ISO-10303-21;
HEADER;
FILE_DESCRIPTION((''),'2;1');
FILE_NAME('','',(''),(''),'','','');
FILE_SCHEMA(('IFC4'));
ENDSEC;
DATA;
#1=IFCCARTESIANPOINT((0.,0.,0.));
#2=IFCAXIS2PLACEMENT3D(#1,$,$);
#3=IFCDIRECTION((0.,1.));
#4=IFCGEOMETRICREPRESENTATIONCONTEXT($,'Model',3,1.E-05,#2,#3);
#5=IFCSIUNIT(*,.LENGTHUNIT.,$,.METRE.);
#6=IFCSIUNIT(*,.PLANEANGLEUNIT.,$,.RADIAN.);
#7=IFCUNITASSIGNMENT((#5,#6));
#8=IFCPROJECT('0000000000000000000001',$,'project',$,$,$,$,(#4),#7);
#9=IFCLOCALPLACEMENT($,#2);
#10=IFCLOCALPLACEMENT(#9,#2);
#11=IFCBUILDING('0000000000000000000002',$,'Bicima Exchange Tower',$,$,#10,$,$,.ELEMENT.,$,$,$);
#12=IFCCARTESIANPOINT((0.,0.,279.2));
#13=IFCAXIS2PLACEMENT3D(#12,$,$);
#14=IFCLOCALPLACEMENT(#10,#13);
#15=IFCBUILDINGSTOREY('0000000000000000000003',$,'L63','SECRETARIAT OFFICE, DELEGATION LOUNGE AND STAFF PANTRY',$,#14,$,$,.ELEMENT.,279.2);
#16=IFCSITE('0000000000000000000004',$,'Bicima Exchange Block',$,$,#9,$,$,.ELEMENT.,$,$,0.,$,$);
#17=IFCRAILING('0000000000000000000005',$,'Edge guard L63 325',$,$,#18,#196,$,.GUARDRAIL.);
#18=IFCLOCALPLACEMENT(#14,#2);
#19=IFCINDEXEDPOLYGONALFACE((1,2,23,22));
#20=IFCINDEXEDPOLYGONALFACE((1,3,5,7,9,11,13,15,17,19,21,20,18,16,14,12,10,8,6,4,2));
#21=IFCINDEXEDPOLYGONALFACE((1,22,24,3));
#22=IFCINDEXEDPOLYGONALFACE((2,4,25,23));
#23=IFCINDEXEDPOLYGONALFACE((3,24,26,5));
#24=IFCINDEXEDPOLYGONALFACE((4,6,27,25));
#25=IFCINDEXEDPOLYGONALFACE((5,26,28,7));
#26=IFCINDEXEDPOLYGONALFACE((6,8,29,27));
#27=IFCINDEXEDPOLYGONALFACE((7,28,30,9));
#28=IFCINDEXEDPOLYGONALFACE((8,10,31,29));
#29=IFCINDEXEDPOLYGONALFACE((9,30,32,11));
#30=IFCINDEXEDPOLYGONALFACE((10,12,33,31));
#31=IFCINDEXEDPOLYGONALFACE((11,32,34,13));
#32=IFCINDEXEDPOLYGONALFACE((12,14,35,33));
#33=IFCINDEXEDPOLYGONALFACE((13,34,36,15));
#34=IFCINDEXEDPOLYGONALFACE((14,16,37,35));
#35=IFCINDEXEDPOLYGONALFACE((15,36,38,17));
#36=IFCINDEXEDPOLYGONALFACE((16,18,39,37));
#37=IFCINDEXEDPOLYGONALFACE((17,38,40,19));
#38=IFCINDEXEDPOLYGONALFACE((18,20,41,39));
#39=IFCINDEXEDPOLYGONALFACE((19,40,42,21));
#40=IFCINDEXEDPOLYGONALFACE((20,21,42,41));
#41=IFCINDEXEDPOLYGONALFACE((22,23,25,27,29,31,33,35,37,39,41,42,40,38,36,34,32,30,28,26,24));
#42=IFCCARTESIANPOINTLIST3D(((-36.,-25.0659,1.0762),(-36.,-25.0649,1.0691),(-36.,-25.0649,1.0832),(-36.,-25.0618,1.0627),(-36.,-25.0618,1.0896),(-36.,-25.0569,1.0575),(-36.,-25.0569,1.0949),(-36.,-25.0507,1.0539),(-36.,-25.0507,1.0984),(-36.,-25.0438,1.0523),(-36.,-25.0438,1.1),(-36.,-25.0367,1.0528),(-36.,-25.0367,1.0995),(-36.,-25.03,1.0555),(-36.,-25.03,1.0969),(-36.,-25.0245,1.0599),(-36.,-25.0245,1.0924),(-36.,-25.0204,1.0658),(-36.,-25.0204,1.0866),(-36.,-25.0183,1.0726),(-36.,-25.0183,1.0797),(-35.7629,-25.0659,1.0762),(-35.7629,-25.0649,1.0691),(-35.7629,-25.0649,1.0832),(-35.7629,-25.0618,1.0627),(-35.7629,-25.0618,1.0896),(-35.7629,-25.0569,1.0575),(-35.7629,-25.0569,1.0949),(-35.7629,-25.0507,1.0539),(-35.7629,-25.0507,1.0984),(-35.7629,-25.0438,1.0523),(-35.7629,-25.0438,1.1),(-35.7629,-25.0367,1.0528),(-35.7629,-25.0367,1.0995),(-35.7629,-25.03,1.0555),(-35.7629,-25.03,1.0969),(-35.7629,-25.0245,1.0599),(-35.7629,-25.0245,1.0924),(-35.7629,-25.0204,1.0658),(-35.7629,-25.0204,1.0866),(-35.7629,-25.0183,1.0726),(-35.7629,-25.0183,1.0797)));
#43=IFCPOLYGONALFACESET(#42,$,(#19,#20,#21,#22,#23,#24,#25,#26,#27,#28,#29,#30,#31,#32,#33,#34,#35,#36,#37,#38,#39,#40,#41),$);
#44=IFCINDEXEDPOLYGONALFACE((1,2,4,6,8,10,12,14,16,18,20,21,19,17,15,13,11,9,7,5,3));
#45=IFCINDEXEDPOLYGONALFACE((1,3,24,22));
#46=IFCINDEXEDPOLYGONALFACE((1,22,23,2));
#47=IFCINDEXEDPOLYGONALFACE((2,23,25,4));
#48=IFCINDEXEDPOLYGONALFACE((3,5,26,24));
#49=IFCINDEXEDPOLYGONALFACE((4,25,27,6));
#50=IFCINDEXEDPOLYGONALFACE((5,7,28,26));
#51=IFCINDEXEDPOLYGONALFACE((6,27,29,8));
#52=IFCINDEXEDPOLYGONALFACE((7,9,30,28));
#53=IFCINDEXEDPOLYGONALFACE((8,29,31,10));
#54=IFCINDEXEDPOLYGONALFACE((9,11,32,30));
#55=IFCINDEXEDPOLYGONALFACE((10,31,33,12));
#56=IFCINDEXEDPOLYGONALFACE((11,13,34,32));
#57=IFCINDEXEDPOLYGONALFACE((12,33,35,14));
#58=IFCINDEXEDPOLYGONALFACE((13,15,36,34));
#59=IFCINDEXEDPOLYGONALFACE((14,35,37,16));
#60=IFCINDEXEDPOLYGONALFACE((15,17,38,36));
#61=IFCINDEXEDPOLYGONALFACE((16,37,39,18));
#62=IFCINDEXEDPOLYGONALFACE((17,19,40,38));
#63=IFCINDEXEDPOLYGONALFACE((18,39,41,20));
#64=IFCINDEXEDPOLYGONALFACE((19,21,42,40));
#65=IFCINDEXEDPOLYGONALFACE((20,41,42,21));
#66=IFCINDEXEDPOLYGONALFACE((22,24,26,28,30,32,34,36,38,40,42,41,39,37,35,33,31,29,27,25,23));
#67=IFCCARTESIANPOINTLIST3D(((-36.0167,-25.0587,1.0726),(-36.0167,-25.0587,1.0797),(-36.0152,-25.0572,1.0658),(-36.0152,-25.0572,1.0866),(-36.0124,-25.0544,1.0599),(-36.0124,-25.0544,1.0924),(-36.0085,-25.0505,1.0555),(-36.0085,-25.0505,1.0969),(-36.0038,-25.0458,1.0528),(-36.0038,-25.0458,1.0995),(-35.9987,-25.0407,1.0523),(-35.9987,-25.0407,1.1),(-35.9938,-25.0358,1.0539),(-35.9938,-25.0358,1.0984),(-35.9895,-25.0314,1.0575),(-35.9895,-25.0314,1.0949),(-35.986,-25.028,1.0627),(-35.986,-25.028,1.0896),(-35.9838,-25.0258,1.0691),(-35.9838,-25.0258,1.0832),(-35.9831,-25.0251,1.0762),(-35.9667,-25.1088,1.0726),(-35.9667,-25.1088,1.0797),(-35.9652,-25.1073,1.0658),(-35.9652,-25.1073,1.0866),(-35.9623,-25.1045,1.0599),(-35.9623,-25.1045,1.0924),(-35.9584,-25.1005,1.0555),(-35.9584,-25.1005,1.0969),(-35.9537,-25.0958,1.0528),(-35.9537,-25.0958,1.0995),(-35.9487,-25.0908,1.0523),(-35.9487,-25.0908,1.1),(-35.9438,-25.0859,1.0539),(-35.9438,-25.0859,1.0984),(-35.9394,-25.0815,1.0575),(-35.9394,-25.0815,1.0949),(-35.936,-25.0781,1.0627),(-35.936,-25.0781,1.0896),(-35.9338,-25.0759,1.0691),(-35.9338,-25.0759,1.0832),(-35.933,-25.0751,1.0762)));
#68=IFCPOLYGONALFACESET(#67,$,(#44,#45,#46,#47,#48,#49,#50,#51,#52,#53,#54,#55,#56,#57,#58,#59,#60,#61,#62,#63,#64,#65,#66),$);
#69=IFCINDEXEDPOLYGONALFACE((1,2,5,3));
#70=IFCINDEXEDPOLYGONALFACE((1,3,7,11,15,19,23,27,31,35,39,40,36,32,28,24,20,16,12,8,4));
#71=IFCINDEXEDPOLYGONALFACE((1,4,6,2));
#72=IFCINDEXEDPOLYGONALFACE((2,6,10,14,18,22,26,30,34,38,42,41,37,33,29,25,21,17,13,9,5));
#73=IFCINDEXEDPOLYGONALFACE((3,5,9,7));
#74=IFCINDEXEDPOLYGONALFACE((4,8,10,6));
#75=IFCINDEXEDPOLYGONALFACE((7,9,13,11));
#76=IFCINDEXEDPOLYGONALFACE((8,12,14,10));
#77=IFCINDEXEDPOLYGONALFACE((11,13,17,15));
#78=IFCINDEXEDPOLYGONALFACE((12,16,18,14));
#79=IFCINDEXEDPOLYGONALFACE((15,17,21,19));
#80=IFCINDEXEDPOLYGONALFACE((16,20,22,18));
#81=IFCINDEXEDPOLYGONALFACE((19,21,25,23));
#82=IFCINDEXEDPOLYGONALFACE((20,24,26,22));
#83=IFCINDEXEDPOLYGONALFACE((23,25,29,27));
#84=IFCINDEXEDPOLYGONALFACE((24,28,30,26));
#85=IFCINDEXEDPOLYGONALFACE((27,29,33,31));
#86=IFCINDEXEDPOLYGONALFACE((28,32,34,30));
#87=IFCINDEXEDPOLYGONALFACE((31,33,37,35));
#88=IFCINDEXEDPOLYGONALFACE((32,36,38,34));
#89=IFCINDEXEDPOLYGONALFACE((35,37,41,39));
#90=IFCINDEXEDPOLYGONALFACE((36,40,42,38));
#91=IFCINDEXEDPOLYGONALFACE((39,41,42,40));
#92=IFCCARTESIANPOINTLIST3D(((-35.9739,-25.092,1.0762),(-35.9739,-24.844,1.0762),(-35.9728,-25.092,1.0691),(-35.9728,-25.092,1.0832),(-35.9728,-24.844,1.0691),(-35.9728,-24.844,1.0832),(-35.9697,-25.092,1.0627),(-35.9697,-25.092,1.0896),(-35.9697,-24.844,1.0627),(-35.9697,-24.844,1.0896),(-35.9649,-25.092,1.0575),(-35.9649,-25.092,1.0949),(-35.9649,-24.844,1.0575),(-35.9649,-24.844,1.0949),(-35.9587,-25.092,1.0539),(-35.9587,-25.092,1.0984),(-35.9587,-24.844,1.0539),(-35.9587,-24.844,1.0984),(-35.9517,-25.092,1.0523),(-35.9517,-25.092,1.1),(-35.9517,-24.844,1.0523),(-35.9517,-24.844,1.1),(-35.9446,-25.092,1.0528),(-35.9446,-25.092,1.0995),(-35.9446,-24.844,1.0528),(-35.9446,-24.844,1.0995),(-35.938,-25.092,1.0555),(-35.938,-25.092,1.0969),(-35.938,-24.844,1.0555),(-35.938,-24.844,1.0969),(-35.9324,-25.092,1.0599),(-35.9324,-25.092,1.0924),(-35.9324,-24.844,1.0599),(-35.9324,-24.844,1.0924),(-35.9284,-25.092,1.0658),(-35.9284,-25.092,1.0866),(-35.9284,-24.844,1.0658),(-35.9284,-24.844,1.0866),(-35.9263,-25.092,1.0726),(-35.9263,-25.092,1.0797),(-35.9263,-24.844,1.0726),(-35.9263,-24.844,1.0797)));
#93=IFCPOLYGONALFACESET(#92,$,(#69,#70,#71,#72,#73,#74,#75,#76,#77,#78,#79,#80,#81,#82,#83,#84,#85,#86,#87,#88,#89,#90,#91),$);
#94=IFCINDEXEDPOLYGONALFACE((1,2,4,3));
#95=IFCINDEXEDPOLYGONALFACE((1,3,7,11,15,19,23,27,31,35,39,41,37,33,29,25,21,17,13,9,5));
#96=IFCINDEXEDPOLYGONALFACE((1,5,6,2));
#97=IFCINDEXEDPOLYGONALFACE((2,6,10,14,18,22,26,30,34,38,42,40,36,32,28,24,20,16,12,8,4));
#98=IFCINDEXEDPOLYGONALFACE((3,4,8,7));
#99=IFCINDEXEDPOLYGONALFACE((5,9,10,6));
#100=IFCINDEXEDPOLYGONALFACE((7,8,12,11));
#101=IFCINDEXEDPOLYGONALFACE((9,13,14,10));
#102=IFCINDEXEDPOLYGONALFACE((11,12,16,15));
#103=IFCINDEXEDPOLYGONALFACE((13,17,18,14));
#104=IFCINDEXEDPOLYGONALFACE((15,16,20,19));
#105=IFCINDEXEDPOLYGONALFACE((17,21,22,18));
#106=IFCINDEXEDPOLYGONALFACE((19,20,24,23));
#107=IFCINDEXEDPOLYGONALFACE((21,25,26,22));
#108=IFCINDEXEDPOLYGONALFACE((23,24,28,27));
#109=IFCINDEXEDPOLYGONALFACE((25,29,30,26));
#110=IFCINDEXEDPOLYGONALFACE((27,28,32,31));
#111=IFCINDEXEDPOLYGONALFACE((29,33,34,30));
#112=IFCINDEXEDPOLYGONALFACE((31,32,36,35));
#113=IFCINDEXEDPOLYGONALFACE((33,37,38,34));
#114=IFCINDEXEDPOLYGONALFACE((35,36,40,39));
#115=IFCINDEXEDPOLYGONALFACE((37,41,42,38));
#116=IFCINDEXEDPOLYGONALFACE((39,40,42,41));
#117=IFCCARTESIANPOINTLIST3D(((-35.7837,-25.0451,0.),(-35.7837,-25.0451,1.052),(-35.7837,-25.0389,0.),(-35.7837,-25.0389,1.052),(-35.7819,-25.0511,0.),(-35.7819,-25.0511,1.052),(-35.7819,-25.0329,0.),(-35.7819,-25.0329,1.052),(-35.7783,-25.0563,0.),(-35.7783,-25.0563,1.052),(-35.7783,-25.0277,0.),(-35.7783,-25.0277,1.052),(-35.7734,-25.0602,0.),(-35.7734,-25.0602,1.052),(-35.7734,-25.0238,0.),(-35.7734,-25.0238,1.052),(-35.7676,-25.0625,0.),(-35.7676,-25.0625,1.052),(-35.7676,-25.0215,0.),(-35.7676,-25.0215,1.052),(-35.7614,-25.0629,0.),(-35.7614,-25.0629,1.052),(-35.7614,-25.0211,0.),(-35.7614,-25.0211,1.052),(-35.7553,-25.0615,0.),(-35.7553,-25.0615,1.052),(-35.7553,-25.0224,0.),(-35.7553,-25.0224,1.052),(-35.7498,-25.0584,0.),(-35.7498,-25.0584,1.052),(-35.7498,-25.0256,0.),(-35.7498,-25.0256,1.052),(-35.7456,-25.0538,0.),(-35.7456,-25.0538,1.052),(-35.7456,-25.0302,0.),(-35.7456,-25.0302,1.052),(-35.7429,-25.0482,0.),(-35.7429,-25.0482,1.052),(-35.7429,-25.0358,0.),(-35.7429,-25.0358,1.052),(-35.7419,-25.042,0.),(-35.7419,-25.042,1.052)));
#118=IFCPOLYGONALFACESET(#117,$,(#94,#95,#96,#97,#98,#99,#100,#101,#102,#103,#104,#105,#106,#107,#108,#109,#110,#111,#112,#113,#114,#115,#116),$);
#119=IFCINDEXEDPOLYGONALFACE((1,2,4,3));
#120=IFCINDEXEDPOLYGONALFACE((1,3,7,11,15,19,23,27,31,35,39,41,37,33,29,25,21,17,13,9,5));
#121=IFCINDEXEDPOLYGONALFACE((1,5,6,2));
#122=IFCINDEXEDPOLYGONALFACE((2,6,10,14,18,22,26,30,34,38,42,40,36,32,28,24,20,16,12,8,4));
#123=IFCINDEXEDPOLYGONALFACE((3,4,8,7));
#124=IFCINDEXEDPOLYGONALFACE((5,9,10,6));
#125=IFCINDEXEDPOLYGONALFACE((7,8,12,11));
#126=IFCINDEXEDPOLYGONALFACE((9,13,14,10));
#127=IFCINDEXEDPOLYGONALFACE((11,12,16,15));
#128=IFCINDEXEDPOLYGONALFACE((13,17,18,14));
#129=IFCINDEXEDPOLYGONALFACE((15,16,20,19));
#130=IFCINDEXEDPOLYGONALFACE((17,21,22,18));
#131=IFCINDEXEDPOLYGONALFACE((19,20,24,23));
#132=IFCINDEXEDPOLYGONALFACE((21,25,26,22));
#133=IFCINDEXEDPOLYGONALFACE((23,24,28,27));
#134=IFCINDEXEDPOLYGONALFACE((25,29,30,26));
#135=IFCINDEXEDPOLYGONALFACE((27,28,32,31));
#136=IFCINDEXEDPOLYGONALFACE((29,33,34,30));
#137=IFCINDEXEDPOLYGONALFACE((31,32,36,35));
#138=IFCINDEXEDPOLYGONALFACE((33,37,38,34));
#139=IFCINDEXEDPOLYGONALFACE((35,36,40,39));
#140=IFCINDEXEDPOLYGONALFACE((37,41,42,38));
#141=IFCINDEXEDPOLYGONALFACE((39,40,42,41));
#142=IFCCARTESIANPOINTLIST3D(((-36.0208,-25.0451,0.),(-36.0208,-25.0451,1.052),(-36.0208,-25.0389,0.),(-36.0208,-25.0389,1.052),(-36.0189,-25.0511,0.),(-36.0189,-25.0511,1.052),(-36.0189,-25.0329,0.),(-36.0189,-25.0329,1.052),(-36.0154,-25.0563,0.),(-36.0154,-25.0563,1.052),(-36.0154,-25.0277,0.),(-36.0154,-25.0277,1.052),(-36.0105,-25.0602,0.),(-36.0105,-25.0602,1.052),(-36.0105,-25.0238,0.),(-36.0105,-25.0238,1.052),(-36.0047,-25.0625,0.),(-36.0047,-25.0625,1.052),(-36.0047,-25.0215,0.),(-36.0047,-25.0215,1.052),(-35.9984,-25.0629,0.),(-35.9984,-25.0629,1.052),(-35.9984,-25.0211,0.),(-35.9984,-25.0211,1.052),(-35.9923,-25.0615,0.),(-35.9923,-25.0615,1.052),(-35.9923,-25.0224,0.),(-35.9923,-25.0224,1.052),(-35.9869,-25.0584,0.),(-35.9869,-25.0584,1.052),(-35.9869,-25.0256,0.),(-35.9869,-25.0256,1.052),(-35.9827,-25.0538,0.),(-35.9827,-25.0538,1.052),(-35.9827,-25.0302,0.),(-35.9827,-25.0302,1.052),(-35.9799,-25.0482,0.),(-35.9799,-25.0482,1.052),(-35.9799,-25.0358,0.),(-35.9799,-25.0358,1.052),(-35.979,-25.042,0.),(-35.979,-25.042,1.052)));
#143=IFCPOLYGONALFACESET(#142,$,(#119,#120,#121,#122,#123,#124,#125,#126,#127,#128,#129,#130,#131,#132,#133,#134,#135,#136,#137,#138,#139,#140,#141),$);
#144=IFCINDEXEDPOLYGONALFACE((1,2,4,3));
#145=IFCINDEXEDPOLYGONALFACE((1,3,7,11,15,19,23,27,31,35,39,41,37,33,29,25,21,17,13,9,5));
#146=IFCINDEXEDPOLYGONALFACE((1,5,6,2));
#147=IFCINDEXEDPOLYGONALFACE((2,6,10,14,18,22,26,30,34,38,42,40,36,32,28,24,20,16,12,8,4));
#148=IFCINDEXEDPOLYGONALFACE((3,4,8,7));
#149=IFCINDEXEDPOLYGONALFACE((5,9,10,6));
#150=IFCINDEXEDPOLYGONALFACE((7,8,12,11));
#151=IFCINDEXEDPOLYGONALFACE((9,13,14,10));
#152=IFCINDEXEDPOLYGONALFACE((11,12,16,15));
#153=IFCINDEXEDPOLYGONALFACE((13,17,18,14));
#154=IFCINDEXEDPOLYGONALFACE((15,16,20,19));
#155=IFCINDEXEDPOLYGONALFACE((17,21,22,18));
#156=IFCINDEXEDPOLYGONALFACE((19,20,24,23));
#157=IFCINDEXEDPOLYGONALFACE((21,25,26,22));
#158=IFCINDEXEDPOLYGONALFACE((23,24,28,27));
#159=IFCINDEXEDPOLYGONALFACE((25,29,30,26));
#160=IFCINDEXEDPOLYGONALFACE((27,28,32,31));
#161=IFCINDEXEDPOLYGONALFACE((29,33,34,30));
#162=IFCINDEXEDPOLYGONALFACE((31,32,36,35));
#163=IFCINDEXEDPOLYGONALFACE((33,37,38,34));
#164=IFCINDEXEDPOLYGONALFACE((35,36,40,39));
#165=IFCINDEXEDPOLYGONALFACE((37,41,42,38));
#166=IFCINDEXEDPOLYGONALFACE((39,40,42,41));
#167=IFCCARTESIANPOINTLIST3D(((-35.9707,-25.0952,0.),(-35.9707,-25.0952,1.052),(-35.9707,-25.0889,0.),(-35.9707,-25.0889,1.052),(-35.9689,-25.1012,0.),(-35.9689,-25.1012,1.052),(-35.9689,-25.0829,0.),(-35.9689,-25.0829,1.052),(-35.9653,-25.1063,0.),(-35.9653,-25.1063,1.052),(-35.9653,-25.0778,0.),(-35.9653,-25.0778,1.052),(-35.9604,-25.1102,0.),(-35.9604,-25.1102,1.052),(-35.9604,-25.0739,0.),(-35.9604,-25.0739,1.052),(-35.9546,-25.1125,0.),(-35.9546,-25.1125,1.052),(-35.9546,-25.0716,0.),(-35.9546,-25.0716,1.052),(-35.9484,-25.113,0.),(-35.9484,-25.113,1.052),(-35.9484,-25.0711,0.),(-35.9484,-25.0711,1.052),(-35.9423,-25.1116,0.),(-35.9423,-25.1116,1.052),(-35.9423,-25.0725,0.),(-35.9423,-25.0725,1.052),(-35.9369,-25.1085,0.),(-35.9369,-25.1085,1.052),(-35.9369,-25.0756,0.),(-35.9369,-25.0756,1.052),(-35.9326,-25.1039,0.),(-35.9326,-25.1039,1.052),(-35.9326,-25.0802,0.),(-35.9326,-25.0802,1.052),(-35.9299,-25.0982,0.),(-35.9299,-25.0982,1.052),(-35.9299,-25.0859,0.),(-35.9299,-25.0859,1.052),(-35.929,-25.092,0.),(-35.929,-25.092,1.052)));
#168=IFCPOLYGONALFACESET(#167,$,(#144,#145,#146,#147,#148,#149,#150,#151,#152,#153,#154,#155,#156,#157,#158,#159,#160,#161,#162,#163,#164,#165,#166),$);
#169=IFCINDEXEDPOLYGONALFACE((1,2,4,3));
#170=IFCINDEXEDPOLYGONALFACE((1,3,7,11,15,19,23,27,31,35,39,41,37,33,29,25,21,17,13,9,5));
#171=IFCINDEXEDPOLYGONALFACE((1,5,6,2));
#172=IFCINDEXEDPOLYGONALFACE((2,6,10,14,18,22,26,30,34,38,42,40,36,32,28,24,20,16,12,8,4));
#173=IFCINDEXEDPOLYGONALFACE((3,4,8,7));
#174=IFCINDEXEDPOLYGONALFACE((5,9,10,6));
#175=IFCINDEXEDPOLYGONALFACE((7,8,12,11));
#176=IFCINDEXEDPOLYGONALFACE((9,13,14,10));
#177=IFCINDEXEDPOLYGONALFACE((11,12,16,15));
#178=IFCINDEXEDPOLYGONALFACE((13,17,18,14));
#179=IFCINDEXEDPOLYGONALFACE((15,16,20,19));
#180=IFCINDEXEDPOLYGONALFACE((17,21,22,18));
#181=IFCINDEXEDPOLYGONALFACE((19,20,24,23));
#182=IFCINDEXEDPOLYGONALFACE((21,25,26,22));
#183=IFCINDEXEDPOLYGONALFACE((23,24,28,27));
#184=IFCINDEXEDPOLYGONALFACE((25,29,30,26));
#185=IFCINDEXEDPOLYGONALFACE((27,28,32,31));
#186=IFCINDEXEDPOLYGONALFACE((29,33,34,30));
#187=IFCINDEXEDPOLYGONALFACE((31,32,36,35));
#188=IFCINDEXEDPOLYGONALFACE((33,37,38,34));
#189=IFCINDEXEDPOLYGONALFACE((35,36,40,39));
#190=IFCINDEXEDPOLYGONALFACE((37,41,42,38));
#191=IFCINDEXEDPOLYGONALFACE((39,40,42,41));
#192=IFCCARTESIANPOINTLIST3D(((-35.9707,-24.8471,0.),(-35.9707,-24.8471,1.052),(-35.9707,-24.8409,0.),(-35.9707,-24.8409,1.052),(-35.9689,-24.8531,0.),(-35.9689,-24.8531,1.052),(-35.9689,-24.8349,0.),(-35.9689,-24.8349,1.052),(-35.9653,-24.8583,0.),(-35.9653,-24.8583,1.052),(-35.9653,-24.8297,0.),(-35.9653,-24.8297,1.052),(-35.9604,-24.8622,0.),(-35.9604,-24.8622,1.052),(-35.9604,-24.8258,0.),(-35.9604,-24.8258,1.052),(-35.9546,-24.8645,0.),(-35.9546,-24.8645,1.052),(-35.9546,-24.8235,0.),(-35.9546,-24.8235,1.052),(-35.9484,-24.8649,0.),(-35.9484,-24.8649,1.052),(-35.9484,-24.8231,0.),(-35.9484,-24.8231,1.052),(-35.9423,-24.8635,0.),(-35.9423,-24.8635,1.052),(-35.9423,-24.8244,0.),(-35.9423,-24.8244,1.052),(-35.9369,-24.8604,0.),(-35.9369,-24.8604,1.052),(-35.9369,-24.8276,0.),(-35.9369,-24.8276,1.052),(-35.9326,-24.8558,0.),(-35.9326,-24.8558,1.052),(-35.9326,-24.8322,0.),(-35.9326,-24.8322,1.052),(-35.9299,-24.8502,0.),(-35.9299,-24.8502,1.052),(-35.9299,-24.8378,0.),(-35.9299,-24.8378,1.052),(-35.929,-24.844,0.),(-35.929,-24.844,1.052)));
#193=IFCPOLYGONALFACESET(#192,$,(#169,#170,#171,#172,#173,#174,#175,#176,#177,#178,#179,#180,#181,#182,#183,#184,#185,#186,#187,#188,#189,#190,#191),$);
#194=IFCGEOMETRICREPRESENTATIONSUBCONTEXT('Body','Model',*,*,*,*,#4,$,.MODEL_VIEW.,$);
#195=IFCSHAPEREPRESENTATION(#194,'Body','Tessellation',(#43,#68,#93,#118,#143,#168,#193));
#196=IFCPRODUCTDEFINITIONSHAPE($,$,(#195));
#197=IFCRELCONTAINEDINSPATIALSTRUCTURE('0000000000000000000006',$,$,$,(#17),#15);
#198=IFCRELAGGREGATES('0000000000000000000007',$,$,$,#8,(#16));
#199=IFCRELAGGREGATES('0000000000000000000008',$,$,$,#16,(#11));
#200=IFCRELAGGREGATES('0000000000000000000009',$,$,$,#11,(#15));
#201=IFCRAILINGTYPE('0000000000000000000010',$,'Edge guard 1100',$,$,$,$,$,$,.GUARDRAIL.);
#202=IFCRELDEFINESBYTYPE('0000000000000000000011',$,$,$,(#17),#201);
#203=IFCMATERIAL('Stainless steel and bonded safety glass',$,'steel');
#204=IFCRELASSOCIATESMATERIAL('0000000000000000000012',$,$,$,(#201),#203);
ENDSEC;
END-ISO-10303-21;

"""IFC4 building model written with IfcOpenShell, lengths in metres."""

from ifc_helpers import new_model, si_unit, direction, frame, origin, origin_2d, place, context, subcontext, project, spatial, circle, extrude, material, type_object, element, save


model = new_model("IFC4")

# Units and contexts
model_context = context("Model", 3, precision=1e-05, world=origin(), true_north=direction((0.0, 1.0)))
body_context = subcontext(model_context, "Body", "Model", "MODEL_VIEW")
ifc_project = project(units=[si_unit("LENGTHUNIT", "METRE"), si_unit("PLANEANGLEUNIT", "RADIAN")], contexts=[model_context])

# Site, building, storey
site_placement = place(None, origin())
site = spatial("IfcSite", under=ifc_project, at=site_placement, Name="Bicima Exchange Block", CompositionType="ELEMENT", RefElevation=0.0)
building_placement = place(site_placement, origin())
building = spatial("IfcBuilding", under=site, at=building_placement, Name="Bicima Exchange Tower", CompositionType="ELEMENT")
storey_placement = place(building_placement, frame((0.0, 0.0, 279.2)))
storey = spatial("IfcBuildingStorey", under=building, at=storey_placement, Name="L63", Description="SECRETARIAT OFFICE, DELEGATION LOUNGE AND STAFF PANTRY", CompositionType="ELEMENT", Elevation=279.2)

# Railing
ifc_material_1 = material(Name="Stainless steel and bonded safety glass", Category="steel")
railing_type = type_object("IfcRailingType", Name="Edge guard 1100", PredefinedType="GUARDRAIL", material=ifc_material_1)
railing_placement = place(storey_placement, frame((-35.7629, -25.042, 0.0)))
element("IfcRailing", 1, at=railing_placement, inside=storey, type_object=railing_type, Name="Edge guard L63 325", PredefinedType="GUARDRAIL", context=body_context, shape_type="SweptSolid", body=[
    extrude(circle(Radius=0.0239, at=origin_2d()), frame((0.0, 0.0, 1.0762), z_axis=(-1.0, 0.0, 0.0), x_axis=(0.0, -1.0, 0.0)), (0.0, 0.0, 1.0), 0.2371),
    extrude(circle(Radius=0.0239, at=origin_2d()), frame((-0.2371, 0.0, 1.0762), z_axis=(0.707107, -0.707107, 0.0), x_axis=(0.707107, 0.707107, 0.0)), (0.0, 0.0, 1.0), 0.0708),
    extrude(circle(Radius=0.0239, at=origin_2d()), frame((-0.187, -0.05, 1.0762), z_axis=(0.0, 1.0, 0.0), x_axis=(-1.0, 0.0, 0.0)), (0.0, 0.0, 1.0), 0.248),
    extrude(circle(Radius=0.021, at=origin_2d()), origin(), (0.0, 0.0, 1.0), 1.052),
    extrude(circle(Radius=0.021, at=origin_2d()), frame((-0.2371, 0.0, 0.0)), (0.0, 0.0, 1.0), 1.052),
    extrude(circle(Radius=0.021, at=origin_2d()), frame((-0.187, -0.05, 0.0)), (0.0, 0.0, 1.0), 1.052),
    extrude(circle(Radius=0.021, at=origin_2d()), frame((-0.187, 0.198, 0.0)), (0.0, 0.0, 1.0), 1.052),
])

save(model, "model.ifc")
